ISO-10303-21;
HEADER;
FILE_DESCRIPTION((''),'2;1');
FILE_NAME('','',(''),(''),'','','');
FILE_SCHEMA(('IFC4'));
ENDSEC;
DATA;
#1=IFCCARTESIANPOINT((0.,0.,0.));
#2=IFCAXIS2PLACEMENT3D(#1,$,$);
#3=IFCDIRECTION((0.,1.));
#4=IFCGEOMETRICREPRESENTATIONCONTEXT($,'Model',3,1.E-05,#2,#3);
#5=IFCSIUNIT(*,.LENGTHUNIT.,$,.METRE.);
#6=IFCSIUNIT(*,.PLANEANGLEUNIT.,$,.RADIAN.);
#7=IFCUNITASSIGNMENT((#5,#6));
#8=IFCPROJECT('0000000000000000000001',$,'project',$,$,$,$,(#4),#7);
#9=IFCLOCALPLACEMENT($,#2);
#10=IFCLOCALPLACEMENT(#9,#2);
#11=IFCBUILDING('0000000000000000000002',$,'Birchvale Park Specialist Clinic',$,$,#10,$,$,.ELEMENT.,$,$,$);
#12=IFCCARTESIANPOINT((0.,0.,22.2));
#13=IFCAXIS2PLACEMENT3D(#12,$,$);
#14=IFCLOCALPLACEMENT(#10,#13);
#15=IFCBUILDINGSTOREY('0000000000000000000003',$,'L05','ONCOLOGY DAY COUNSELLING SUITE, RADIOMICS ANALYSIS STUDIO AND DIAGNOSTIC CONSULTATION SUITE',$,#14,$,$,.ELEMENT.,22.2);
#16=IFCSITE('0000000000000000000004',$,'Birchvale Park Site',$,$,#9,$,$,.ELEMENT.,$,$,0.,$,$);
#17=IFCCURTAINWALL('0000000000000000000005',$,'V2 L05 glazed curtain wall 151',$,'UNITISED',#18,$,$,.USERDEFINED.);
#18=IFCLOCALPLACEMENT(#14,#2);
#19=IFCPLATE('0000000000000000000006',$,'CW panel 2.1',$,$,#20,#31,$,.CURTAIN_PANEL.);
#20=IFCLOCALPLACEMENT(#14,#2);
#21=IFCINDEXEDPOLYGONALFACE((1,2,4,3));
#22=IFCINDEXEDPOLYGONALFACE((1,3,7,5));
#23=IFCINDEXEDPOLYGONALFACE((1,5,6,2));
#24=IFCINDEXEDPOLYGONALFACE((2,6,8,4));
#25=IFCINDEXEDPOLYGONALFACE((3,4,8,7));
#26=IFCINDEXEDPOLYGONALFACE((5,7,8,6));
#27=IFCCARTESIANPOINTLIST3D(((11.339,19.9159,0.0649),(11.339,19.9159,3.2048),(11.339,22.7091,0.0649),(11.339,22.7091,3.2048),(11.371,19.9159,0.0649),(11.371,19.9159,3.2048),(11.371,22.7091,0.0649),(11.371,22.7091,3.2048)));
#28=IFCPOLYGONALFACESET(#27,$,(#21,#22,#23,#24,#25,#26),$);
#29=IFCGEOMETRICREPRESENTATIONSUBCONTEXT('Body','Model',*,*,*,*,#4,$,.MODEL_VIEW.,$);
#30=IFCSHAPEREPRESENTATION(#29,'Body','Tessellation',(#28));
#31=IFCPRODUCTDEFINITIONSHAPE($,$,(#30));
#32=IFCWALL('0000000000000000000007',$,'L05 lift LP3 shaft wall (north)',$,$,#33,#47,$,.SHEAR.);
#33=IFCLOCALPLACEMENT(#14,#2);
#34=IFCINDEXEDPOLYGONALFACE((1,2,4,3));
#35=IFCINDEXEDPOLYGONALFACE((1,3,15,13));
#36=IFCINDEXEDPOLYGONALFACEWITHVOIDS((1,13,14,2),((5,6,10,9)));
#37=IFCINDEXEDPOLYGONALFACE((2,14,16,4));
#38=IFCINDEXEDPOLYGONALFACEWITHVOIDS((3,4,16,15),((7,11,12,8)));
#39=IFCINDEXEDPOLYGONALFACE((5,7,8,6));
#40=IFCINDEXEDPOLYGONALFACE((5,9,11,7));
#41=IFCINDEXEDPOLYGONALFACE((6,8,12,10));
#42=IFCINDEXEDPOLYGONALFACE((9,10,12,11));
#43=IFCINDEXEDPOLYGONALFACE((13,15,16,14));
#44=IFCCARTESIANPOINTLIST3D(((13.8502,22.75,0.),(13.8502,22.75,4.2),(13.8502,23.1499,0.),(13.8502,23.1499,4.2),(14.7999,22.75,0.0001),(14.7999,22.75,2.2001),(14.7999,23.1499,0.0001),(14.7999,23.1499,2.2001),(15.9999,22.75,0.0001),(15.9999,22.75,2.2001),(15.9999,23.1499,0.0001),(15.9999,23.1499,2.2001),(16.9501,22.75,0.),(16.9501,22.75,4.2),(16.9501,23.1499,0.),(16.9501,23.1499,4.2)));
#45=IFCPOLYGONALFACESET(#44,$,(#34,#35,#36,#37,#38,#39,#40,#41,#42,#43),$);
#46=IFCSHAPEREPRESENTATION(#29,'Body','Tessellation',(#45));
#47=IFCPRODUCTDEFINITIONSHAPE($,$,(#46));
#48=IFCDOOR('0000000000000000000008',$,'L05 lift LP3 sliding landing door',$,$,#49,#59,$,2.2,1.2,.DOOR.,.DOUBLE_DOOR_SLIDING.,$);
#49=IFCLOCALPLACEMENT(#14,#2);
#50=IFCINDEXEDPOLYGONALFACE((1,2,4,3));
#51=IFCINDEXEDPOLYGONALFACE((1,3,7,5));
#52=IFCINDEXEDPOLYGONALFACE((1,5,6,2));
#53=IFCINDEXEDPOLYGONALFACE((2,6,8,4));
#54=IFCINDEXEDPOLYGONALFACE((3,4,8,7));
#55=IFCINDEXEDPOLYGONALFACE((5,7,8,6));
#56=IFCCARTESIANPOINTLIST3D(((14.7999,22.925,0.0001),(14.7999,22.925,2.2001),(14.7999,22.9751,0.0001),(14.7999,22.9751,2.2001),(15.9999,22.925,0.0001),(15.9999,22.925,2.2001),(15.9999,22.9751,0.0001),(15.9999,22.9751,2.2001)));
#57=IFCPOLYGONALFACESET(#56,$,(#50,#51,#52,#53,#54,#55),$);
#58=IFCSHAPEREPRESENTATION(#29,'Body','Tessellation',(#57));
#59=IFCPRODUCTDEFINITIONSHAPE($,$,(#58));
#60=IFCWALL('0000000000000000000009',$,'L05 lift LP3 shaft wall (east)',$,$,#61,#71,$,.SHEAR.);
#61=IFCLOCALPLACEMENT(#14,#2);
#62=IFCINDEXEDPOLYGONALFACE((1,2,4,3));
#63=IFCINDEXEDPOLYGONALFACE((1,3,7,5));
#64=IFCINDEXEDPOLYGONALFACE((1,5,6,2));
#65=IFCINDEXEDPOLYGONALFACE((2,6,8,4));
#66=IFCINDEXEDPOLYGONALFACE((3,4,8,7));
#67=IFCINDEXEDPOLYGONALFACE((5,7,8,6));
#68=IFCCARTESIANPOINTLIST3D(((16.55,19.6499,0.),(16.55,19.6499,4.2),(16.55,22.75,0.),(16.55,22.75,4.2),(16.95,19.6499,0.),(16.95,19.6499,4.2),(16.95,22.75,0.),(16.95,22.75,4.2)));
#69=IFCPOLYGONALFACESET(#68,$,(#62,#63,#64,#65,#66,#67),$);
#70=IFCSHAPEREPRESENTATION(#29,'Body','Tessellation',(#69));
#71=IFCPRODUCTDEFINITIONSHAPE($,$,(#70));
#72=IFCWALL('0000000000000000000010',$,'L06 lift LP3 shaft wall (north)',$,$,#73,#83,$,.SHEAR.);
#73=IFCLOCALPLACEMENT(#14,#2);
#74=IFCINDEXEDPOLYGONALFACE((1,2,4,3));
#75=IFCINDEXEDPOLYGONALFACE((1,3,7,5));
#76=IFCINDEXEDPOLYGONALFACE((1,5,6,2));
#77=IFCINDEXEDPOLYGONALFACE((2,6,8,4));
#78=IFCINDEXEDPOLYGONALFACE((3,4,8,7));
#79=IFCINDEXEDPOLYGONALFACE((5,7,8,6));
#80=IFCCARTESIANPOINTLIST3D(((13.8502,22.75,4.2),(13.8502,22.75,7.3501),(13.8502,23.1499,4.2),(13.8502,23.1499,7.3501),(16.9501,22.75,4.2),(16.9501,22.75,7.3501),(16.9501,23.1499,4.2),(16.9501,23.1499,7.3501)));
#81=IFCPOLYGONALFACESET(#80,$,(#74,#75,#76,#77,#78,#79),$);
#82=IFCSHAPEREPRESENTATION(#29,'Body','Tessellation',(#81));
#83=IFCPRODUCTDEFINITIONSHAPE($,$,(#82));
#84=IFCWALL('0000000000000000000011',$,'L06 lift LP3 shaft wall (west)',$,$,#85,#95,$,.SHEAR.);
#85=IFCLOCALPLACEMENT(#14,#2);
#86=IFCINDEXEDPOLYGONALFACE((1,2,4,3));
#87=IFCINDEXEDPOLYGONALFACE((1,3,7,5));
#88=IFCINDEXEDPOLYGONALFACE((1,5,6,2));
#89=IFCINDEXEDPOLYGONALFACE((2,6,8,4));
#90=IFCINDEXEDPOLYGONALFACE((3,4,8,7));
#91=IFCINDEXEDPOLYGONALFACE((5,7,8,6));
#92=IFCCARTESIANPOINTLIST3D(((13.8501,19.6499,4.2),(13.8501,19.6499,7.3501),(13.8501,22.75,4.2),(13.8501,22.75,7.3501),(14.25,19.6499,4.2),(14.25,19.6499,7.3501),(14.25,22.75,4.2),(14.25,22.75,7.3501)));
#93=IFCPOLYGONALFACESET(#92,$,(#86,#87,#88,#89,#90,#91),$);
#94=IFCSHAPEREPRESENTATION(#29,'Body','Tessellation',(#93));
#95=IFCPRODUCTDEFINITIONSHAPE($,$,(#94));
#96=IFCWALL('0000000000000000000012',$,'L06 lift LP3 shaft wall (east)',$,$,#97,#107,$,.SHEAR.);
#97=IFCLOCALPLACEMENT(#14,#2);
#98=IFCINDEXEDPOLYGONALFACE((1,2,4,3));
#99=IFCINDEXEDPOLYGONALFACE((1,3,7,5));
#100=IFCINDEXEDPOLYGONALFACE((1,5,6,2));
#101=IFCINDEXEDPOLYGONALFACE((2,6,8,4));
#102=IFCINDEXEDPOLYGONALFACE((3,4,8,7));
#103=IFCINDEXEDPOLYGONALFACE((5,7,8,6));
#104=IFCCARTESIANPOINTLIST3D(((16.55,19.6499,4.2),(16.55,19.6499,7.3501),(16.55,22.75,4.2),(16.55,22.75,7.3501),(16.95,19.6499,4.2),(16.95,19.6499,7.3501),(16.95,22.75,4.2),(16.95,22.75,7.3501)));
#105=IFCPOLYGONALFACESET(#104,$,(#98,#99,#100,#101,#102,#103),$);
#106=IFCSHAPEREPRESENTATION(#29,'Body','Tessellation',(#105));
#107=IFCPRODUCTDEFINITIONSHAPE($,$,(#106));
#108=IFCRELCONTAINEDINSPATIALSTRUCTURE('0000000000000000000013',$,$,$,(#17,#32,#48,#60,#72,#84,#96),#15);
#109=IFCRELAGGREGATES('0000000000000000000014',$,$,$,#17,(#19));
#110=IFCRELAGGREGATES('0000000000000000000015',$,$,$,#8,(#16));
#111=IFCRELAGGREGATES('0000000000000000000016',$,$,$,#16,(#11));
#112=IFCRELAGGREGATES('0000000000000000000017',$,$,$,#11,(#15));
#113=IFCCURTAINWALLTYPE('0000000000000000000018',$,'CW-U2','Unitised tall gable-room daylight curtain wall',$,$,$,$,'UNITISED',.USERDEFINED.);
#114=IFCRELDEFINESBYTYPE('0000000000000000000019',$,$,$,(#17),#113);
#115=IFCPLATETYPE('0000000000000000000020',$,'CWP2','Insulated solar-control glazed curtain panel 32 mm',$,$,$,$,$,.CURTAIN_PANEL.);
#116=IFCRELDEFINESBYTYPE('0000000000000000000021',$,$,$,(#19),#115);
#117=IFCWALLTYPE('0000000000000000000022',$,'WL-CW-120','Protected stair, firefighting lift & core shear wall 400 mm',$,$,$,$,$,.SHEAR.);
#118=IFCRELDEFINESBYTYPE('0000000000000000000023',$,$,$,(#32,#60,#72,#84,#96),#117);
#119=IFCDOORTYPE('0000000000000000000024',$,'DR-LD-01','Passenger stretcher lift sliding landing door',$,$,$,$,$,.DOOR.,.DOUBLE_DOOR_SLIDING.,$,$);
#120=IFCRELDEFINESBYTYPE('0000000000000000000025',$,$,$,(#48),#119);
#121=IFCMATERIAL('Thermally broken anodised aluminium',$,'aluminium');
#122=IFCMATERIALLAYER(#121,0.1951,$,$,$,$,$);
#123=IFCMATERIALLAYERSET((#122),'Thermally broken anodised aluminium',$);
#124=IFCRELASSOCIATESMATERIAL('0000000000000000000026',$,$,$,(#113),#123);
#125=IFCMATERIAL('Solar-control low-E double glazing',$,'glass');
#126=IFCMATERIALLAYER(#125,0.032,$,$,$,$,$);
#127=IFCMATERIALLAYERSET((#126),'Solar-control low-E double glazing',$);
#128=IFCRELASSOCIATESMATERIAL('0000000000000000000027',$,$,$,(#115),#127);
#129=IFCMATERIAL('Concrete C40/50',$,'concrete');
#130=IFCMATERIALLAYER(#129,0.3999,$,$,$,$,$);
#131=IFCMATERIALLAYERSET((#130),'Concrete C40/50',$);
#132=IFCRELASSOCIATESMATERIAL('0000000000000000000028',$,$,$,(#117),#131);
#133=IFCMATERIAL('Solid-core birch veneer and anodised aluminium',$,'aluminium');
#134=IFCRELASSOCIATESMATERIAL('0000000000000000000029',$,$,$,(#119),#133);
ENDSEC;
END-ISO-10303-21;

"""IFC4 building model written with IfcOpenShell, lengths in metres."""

from ifc_helpers import new_model, si_unit, direction, frame, frame_2d, origin, origin_2d, place, context, subcontext, project, spatial, rectangle, extrude, material, layer, layer_set, type_object, element, fill, aggregate, save


model = new_model("IFC4")

# Units and contexts
model_context = context("Model", 3, precision=1e-05, world=origin(), true_north=direction((0.0, 1.0)))
body_context = subcontext(model_context, "Body", "Model", "MODEL_VIEW")
ifc_project = project(units=[si_unit("LENGTHUNIT", "METRE"), si_unit("PLANEANGLEUNIT", "RADIAN")], contexts=[model_context])

# Site, building, storey
site_placement = place(None, origin())
site = spatial("IfcSite", under=ifc_project, at=site_placement, Name="Birchvale Park Site", CompositionType="ELEMENT", RefElevation=0.0)
building_placement = place(site_placement, origin())
building = spatial("IfcBuilding", under=site, at=building_placement, Name="Birchvale Park Specialist Clinic", CompositionType="ELEMENT")
storey_placement = place(building_placement, frame((0.0, 0.0, 22.2)))
storey = spatial("IfcBuildingStorey", under=building, at=storey_placement, Name="L05", Description="ONCOLOGY DAY COUNSELLING SUITE, RADIOMICS ANALYSIS STUDIO AND DIAGNOSTIC CONSULTATION SUITE", CompositionType="ELEMENT", Elevation=22.2)

# Shared definitions
ifc_material_1 = material(Name="Concrete C40/50", Category="concrete")

# Curtain wall, plate
ifc_material_2 = material(Name="Thermally broken anodised aluminium", Category="aluminium")
ifc_layer_1 = layer(ifc_material_2, 0.1951)
ifc_layer_set_1 = layer_set([ifc_layer_1], Name="Thermally broken anodised aluminium")
curtain_wall_type = type_object("IfcCurtainWallType", Name="CW-U2", Description="Unitised tall gable-room daylight curtain wall", ElementType="UNITISED", PredefinedType="USERDEFINED", material=ifc_layer_set_1)
curtain_wall_placement = place(storey_placement, origin())
curtain_wall = element("IfcCurtainWall", 1, at=curtain_wall_placement, inside=storey, type_object=curtain_wall_type, Name="V2 L05 glazed curtain wall 151", ObjectType="UNITISED", PredefinedType="USERDEFINED")
ifc_material_3 = material(Name="Solar-control low-E double glazing", Category="glass")
ifc_layer_2 = layer(ifc_material_3, 0.032)
ifc_layer_set_2 = layer_set([ifc_layer_2], Name="Solar-control low-E double glazing")
plate_type = type_object("IfcPlateType", Name="CWP2", Description="Insulated solar-control glazed curtain panel 32 mm", PredefinedType="CURTAIN_PANEL", material=ifc_layer_set_2)
plate_1_placement = place(storey_placement, frame((11.355, 21.3125, 0.0649), z_axis=(0.0, 0.0, 1.0), x_axis=(0.0, -1.0, 0.0)))
plate_1 = element("IfcPlate", 2, at=plate_1_placement, type_object=plate_type, Name="CW panel 2.1", PredefinedType="CURTAIN_PANEL", context=body_context, shape_type="SweptSolid", body=[
    extrude(rectangle(XDim=2.7932, YDim=0.032, at=origin_2d()), origin(), (0.0, 0.0, 1.0), 3.1399),
])
aggregate(curtain_wall, [plate_1])

# Wall, opening, door
ifc_layer_3 = layer(ifc_material_1, 0.3999)
ifc_layer_set_3 = layer_set([ifc_layer_3], Name="Concrete C40/50")
wall_type_1 = type_object("IfcWallType", Name="WL-CW-120", Description="Protected stair, firefighting lift & core shear wall 400 mm", PredefinedType="SHEAR", material=ifc_layer_set_3)
wall_1_placement = place(storey_placement, frame((16.95, 22.95, 0.0), z_axis=(0.0, 0.0, 1.0), x_axis=(-1.0, 0.0, 0.0)))
wall_1 = element("IfcWall", 3, at=wall_1_placement, inside=storey, type_object=wall_type_1, Name="L05 lift LP3 shaft wall (north)", PredefinedType="SHEAR", context=body_context, shape_type="SweptSolid", body=[
    extrude(rectangle(XDim=3.0999, YDim=0.3999, at=frame_2d((1.5498, 0.0))), origin(), (0.0, 0.0, 1.0), 4.2),
])
opening_1_placement = place(wall_1_placement, frame((0.95, 0.0, 0.0)))
opening_1 = element("IfcOpeningElement", 4, at=opening_1_placement, cuts=wall_1, PredefinedType="OPENING", context=body_context, shape_type="SweptSolid", body=[
    extrude(rectangle(XDim=1.2, YDim=2.2, at=frame_2d((0.6001, 1.1001))), frame((0.0, 0.21, 0.0), z_axis=(0.0, -1.0, 0.0), x_axis=(1.0, 0.0, 0.0)), (0.0, 0.0, 1.0), 0.4199),
])
ifc_material_4 = material(Name="Solid-core birch veneer and anodised aluminium", Category="aluminium")
door_type_1 = type_object("IfcDoorType", Name="DR-LD-01", Description="Passenger stretcher lift sliding landing door", OperationType="DOUBLE_DOOR_SLIDING", PredefinedType="DOOR", material=ifc_material_4)
door_1_placement = place(opening_1_placement, origin())
door_1 = element("IfcDoor", 5, at=door_1_placement, inside=storey, type_object=door_type_1, Name="L05 lift LP3 sliding landing door", OperationType="DOUBLE_DOOR_SLIDING", OverallHeight=2.2, OverallWidth=1.2, PredefinedType="DOOR", context=body_context, shape_type="SweptSolid", body=[
    extrude(rectangle(XDim=1.2, YDim=2.2, at=frame_2d((0.6001, 1.1001))), frame((0.0, 0.0249, 0.0), z_axis=(0.0, -1.0, 0.0), x_axis=(1.0, 0.0, 0.0)), (0.0, 0.0, 1.0), 0.05),
])
fill(opening_1, door_1)

# Walls
wall_2_placement = place(storey_placement, frame((16.75, 22.75, 0.0), z_axis=(0.0, 0.0, 1.0), x_axis=(0.0, -1.0, 0.0)))
element("IfcWall", 6, at=wall_2_placement, inside=storey, type_object=wall_type_1, Name="L05 lift LP3 shaft wall (east)", PredefinedType="SHEAR", context=body_context, shape_type="SweptSolid", body=[
    extrude(rectangle(XDim=3.1001, YDim=0.3999, at=frame_2d((1.55, 0.0))), origin(), (0.0, 0.0, 1.0), 4.2),
])
wall_3_placement = place(storey_placement, frame((16.95, 22.95, 4.2), z_axis=(0.0, 0.0, 1.0), x_axis=(-1.0, 0.0, 0.0)))
element("IfcWall", 7, at=wall_3_placement, inside=storey, type_object=wall_type_1, Name="L06 lift LP3 shaft wall (north)", PredefinedType="SHEAR", context=body_context, shape_type="SweptSolid", body=[
    extrude(rectangle(XDim=3.0999, YDim=0.3999, at=frame_2d((1.5498, 0.0))), origin(), (0.0, 0.0, 1.0), 3.1501),
])
for number, where, z_axis, x_axis, name in (
    (8, (14.05, 19.6499, 4.2), (0.0, 0.0, 1.0), (0.0, 1.0, 0.0), "L06 lift LP3 shaft wall (west)"),
    (9, (16.75, 22.75, 4.2), (0.0, 0.0, 1.0), (0.0, -1.0, 0.0), "L06 lift LP3 shaft wall (east)"),
):
    element("IfcWall", number, at=place(storey_placement, frame(where, z_axis=z_axis, x_axis=x_axis)), inside=storey, type_object=wall_type_1, Name=name, PredefinedType="SHEAR", context=body_context, shape_type="SweptSolid", body=[
        extrude(rectangle(XDim=3.1001, YDim=0.3999, at=frame_2d((1.55, 0.0))), origin(), (0.0, 0.0, 1.0), 3.1501),
    ])

save(model, "model.ifc")
